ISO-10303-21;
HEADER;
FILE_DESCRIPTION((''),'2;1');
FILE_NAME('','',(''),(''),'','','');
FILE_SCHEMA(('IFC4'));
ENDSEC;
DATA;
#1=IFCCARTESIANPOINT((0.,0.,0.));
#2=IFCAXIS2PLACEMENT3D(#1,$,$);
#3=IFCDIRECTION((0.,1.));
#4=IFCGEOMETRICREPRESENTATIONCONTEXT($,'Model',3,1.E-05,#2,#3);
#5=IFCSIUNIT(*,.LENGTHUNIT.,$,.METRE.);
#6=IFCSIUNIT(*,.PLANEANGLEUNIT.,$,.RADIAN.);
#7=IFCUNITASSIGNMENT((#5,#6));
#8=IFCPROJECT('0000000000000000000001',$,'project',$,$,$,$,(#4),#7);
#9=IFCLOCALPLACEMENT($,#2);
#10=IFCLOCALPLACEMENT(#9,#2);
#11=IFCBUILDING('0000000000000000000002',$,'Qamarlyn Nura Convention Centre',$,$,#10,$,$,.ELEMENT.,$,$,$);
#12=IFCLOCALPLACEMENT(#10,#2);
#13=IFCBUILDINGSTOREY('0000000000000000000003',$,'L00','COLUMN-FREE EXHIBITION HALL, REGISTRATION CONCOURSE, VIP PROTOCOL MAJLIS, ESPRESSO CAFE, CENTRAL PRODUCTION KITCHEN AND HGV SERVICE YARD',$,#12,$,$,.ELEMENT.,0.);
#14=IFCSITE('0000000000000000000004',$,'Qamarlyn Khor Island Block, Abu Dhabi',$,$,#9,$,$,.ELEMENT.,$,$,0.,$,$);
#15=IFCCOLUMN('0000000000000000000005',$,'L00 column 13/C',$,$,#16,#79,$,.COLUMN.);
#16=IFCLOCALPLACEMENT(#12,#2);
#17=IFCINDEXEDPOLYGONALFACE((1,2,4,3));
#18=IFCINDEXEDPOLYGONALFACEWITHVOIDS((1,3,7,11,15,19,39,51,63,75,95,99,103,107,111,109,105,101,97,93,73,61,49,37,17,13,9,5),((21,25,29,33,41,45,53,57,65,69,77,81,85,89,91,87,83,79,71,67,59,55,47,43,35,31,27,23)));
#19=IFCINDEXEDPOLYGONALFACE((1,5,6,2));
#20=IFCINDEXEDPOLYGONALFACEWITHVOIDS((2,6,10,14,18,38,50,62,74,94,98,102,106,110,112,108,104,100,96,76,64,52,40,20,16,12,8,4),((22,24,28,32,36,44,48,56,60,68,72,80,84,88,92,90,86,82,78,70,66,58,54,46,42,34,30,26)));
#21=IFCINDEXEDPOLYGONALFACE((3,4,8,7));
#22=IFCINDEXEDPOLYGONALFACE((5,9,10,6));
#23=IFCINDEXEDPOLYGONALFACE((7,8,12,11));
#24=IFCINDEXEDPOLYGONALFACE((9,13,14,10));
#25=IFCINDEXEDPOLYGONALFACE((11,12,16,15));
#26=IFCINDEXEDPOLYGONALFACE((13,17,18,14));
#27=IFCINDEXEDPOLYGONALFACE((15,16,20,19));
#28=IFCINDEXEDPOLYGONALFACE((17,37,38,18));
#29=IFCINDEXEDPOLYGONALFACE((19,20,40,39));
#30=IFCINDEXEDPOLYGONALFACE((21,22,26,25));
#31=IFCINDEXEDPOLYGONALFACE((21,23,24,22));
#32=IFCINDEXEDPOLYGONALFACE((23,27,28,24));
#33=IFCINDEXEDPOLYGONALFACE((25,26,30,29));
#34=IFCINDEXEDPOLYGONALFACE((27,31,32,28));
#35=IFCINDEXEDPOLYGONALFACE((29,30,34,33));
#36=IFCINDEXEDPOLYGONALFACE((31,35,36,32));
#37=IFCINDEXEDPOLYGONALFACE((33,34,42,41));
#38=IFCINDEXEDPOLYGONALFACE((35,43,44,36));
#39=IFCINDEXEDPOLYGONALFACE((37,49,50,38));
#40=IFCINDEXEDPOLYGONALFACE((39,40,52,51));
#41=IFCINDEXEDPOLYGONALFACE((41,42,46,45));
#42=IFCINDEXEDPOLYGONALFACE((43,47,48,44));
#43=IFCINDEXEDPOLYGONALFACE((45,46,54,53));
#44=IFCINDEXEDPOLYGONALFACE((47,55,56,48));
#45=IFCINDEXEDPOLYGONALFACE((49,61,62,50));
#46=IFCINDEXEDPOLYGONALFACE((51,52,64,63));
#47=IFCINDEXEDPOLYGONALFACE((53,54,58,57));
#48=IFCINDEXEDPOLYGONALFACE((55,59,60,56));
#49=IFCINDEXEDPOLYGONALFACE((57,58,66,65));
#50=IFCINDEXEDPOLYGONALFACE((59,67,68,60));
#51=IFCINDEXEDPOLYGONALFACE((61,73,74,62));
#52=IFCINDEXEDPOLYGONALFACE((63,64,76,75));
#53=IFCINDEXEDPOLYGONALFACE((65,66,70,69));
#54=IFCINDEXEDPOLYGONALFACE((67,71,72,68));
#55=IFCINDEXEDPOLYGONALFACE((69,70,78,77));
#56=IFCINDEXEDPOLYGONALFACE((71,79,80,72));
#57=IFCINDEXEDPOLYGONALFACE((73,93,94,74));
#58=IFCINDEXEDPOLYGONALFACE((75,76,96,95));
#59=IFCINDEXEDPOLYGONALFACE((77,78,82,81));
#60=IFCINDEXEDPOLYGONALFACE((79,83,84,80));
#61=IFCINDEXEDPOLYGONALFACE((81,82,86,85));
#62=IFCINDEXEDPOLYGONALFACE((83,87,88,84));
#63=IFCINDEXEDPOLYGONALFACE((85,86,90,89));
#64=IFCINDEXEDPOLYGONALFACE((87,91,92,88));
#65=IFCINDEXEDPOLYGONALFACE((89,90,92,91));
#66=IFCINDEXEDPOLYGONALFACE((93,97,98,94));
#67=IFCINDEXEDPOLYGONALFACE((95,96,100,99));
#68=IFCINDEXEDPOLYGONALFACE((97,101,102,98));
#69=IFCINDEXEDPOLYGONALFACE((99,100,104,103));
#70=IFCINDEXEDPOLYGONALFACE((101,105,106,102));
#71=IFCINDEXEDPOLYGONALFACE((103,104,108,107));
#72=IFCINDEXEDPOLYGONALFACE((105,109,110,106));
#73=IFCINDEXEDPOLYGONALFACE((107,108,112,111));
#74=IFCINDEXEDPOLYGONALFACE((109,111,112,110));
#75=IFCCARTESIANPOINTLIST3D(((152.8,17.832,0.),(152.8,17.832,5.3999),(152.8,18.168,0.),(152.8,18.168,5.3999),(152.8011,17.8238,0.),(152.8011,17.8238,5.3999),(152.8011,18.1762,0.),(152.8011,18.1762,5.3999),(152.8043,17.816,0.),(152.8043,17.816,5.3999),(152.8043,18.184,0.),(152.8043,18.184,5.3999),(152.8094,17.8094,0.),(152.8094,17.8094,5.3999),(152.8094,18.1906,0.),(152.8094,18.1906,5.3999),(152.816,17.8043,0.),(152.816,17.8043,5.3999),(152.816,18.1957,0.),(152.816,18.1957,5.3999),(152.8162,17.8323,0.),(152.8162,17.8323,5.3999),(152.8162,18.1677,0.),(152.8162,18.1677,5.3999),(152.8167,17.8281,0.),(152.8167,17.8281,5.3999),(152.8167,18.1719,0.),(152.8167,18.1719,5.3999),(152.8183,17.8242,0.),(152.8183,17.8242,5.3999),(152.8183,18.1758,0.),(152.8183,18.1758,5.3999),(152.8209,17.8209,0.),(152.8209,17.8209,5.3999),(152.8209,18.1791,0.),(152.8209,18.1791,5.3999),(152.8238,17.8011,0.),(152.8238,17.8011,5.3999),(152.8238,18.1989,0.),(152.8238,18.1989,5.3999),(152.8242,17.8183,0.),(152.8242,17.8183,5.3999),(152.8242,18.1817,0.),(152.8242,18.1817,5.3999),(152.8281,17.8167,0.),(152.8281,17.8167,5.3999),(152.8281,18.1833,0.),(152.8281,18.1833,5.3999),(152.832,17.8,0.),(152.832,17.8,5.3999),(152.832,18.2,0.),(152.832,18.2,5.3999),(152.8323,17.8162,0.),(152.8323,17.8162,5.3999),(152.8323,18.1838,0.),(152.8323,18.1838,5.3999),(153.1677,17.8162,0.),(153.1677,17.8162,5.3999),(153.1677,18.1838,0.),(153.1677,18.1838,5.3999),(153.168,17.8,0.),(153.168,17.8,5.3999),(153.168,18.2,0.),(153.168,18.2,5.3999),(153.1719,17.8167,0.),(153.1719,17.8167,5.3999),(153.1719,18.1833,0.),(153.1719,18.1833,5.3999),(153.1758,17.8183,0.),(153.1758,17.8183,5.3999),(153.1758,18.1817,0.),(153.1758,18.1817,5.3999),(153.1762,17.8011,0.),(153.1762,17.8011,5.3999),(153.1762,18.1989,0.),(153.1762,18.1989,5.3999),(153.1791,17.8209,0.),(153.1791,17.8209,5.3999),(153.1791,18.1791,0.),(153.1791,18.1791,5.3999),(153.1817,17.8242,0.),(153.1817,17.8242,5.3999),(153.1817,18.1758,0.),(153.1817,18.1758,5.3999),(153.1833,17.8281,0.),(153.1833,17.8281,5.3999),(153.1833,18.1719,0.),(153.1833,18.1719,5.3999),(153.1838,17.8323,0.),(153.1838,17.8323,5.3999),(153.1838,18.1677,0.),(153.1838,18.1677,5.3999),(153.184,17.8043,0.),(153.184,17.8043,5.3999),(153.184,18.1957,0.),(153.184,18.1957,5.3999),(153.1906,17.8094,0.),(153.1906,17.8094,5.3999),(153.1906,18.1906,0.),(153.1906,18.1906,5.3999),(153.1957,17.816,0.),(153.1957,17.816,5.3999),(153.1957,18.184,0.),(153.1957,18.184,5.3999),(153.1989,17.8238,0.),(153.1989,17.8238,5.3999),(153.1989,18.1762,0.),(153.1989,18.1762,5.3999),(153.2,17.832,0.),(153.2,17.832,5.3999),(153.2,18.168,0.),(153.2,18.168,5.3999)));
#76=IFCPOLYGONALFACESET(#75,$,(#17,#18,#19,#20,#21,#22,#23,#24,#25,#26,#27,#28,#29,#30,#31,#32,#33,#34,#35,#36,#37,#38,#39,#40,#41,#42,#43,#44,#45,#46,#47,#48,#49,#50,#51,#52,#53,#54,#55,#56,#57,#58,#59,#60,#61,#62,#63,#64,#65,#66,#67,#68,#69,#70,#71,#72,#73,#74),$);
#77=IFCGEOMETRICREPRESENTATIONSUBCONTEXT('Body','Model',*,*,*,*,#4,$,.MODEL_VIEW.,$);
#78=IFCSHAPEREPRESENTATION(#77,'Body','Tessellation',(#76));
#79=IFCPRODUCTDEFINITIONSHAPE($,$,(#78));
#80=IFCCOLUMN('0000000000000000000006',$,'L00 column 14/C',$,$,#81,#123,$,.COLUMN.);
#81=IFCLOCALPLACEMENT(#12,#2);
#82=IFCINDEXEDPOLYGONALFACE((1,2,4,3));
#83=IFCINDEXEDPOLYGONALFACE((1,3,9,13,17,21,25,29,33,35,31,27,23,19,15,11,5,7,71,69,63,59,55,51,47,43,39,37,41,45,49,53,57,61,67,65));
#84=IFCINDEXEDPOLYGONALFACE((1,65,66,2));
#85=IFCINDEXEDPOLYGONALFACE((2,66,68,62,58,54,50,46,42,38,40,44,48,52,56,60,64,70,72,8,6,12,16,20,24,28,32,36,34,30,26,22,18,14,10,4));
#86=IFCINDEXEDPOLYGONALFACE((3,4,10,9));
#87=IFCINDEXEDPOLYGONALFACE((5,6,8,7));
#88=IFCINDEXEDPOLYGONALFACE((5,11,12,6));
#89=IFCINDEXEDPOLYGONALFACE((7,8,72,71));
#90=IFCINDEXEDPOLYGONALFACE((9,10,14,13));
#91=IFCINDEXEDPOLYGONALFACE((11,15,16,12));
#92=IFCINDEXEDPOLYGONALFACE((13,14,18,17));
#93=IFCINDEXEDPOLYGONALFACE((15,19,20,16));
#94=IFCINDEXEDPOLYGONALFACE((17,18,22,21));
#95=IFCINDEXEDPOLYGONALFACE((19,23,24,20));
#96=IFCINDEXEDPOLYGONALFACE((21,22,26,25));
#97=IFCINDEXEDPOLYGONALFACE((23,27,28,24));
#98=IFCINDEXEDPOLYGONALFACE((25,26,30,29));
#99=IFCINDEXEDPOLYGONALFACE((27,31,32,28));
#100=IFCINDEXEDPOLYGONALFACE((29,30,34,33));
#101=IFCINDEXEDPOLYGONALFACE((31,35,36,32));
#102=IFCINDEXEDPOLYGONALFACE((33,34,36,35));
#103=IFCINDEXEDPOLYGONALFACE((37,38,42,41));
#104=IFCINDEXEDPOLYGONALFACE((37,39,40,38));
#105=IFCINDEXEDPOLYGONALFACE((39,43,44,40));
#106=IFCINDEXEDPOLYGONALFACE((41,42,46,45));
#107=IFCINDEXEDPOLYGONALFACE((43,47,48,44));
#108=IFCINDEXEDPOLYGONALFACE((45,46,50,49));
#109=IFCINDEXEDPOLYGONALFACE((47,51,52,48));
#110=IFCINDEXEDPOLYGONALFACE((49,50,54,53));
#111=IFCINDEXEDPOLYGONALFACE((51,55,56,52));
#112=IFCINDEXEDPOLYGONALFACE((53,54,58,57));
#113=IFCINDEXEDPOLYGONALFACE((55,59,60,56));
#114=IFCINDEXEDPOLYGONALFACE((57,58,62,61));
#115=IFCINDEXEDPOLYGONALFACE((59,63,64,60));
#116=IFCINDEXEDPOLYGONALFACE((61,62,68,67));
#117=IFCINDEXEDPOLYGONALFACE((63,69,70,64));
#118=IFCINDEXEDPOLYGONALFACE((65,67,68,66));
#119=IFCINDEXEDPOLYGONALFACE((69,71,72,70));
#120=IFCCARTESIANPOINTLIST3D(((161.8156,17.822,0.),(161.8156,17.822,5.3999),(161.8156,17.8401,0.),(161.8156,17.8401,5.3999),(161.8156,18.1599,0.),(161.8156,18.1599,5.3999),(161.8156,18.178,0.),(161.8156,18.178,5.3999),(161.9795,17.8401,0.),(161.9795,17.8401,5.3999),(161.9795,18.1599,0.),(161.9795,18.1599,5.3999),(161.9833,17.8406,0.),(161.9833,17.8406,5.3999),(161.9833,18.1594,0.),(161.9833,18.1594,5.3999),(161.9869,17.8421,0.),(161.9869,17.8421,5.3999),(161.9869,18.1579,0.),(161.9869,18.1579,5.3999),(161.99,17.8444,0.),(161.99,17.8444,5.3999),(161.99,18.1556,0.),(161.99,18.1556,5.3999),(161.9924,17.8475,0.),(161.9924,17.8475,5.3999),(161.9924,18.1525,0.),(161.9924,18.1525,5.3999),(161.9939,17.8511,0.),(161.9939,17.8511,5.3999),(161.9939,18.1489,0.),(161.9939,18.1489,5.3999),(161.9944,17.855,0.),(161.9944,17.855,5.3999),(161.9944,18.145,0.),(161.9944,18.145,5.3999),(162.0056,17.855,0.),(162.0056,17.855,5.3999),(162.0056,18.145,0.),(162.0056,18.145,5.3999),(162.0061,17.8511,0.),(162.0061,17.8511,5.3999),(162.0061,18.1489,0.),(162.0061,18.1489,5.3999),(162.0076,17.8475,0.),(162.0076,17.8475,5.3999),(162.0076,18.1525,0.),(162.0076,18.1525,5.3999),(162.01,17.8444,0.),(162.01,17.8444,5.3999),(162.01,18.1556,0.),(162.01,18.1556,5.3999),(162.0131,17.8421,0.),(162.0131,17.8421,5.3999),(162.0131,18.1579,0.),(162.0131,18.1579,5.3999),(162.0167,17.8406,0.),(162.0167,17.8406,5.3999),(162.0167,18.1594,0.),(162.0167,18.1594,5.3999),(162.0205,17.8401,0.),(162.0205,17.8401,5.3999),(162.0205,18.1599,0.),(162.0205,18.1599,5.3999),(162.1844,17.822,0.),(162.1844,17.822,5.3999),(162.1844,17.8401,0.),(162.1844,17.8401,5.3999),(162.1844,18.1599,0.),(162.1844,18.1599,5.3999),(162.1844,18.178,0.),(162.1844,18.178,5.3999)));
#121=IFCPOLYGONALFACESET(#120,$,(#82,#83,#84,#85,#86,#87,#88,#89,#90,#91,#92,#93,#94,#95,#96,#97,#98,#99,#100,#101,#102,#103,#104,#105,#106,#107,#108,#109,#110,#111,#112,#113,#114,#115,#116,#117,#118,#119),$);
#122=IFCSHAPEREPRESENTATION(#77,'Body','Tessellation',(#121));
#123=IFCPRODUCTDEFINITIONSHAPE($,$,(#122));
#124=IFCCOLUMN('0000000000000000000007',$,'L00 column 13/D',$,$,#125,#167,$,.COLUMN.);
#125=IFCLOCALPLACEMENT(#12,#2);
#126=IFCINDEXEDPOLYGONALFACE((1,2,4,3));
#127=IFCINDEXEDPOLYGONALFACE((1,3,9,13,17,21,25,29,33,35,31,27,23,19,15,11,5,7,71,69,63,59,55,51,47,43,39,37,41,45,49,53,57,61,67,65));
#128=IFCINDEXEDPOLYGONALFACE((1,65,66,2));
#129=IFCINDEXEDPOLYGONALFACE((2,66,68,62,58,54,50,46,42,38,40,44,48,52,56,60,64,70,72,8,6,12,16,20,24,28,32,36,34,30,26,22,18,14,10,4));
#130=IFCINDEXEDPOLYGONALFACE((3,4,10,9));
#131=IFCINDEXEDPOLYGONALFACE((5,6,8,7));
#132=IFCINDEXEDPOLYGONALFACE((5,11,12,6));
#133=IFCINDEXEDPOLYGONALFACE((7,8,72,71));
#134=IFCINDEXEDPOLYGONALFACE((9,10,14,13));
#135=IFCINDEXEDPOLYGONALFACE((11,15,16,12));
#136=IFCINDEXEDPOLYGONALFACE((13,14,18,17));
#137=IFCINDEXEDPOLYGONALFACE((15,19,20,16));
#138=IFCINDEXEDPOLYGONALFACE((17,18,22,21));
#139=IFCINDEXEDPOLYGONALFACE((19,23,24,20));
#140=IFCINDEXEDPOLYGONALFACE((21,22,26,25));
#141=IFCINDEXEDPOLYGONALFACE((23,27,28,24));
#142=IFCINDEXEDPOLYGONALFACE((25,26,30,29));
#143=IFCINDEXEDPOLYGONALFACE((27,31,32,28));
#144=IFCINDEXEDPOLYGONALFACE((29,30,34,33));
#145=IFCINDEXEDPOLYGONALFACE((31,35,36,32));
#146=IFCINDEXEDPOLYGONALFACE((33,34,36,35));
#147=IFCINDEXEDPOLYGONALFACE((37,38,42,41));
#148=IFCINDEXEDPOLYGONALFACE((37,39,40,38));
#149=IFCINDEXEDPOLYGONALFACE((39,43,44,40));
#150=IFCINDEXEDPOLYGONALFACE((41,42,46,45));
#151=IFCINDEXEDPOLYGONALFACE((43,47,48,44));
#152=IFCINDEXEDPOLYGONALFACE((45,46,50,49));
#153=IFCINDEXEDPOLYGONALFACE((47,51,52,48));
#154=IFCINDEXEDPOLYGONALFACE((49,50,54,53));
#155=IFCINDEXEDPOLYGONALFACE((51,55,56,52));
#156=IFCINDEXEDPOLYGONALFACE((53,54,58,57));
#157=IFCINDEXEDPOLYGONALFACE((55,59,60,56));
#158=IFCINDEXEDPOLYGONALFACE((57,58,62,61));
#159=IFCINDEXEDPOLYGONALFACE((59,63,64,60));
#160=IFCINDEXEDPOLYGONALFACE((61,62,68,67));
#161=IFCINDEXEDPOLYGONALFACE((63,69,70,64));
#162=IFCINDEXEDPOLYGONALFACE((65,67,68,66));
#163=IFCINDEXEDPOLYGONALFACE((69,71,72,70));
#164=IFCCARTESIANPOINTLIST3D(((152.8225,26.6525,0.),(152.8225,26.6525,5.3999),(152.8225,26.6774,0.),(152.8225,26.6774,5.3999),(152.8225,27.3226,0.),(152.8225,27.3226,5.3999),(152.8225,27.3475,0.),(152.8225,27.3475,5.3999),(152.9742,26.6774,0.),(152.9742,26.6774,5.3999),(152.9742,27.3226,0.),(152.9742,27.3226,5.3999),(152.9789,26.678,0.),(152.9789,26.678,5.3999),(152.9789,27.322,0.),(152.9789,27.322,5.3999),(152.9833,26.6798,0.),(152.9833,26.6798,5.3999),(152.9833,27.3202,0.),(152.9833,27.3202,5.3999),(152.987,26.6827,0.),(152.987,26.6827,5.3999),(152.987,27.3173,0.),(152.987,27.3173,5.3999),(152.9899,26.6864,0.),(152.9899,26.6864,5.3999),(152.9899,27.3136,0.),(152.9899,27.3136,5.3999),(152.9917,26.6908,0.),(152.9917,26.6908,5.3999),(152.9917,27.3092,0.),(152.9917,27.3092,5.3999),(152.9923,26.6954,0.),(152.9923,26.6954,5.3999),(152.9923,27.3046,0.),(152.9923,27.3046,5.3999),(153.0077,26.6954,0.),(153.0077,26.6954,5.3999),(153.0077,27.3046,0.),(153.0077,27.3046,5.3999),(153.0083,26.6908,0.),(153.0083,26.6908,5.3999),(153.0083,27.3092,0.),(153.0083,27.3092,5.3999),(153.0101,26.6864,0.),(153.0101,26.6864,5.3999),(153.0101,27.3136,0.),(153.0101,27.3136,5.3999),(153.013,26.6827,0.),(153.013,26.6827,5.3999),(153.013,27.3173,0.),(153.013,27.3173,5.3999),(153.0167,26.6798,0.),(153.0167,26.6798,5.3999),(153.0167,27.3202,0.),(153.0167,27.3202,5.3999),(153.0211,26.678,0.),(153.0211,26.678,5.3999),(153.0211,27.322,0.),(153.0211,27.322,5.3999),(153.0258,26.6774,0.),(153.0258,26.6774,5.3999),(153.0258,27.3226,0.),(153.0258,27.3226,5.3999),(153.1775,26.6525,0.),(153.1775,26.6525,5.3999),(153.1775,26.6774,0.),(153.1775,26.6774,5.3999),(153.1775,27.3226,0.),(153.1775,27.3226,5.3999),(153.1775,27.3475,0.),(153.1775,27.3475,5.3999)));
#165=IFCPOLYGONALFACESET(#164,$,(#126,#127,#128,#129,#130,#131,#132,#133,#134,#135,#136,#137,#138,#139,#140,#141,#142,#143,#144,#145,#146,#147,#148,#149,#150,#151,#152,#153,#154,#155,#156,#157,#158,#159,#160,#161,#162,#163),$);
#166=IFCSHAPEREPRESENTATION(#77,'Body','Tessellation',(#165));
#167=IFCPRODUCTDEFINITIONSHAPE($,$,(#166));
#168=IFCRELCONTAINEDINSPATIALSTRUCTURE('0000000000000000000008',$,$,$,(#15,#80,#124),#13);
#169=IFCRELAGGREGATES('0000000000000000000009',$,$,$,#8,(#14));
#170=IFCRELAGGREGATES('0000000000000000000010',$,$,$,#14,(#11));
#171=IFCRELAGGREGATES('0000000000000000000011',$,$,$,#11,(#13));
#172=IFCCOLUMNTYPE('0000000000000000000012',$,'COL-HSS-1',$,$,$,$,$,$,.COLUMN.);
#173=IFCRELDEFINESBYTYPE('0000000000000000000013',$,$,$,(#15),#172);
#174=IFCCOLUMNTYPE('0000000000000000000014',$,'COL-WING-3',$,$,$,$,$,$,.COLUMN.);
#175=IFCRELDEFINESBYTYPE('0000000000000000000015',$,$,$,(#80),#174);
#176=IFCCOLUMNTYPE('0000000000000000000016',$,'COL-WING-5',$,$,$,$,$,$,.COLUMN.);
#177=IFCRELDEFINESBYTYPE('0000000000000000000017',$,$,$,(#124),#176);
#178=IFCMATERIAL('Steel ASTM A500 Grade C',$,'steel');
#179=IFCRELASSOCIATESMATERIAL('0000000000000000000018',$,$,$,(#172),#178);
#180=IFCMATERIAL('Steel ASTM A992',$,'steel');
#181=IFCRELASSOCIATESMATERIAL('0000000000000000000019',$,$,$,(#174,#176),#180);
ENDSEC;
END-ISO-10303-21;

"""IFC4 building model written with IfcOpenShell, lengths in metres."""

from ifc_helpers import new_model, si_unit, direction, frame, origin, origin_2d, place, context, subcontext, project, spatial, hollow_rectangle, i_section, extrude, material, material_profile, profile_set, type_object, element, save


model = new_model("IFC4")

# Units and contexts
model_context = context("Model", 3, precision=1e-05, world=origin(), true_north=direction((0.0, 1.0)))
body_context = subcontext(model_context, "Body", "Model", "MODEL_VIEW")
ifc_project = project(units=[si_unit("LENGTHUNIT", "METRE"), si_unit("PLANEANGLEUNIT", "RADIAN")], contexts=[model_context])

# Site, building, storey
site_placement = place(None, origin())
site = spatial("IfcSite", under=ifc_project, at=site_placement, Name="Qamarlyn Khor Island Block, Abu Dhabi", CompositionType="ELEMENT", RefElevation=0.0)
building_placement = place(site_placement, origin())
building = spatial("IfcBuilding", under=site, at=building_placement, Name="Qamarlyn Nura Convention Centre", CompositionType="ELEMENT")
storey_placement = place(building_placement, origin())
storey = spatial("IfcBuildingStorey", under=building, at=storey_placement, Name="L00", Description="COLUMN-FREE EXHIBITION HALL, REGISTRATION CONCOURSE, VIP PROTOCOL MAJLIS, ESPRESSO CAFE, CENTRAL PRODUCTION KITCHEN AND HGV SERVICE YARD", CompositionType="ELEMENT", Elevation=0.0)

# Columns
ifc_material_1 = material(Name="Steel ASTM A500 Grade C", Category="steel")
ifc_material_profile_1 = material_profile(ifc_material_1, hollow_rectangle(XDim=0.3999, YDim=0.3999, WallThickness=0.0161, InnerFilletRadius=0.0161, OuterFilletRadius=0.032, at=origin_2d()), Name="HSS400X400X16")
ifc_profile_set_1 = profile_set([ifc_material_profile_1], Name="Steel ASTM A500 Grade C")
column_type_1 = type_object("IfcColumnType", Name="COL-HSS-1", PredefinedType="COLUMN", material=ifc_profile_set_1)
column_1_placement = place(storey_placement, frame((153.0, 18.0, 0.0), z_axis=(0.0, 0.0, 1.0), x_axis=(1.0, 0.0, 0.0)))
element("IfcColumn", 1, at=column_1_placement, inside=storey, type_object=column_type_1, Name="L00 column 13/C", PredefinedType="COLUMN", context=body_context, shape_type="SweptSolid", body=[
    extrude(hollow_rectangle(XDim=0.3999, YDim=0.3999, WallThickness=0.0161, InnerFilletRadius=0.0161, OuterFilletRadius=0.032, at=origin_2d()), origin(), (0.0, 0.0, 1.0), 5.3999),
])
ifc_material_2 = material(Name="Steel ASTM A992", Category="steel")
ifc_material_profile_2 = material_profile(ifc_material_2, i_section(OverallWidth=0.3689, OverallDepth=0.356, WebThickness=0.0112, FlangeThickness=0.0181, FilletRadius=0.0149, at=origin_2d()), Name="W360X134")
ifc_profile_set_2 = profile_set([ifc_material_profile_2], Name="Steel ASTM A992")
column_type_2 = type_object("IfcColumnType", Name="COL-WING-3", PredefinedType="COLUMN", material=ifc_profile_set_2)
column_2_placement = place(storey_placement, frame((162.0, 18.0, 0.0), z_axis=(0.0, 0.0, 1.0), x_axis=(1.0, 0.0, 0.0)))
element("IfcColumn", 2, at=column_2_placement, inside=storey, type_object=column_type_2, Name="L00 column 14/C", PredefinedType="COLUMN", context=body_context, shape_type="SweptSolid", body=[
    extrude(i_section(OverallWidth=0.3689, OverallDepth=0.356, WebThickness=0.0112, FlangeThickness=0.0181, FilletRadius=0.0149, at=origin_2d()), origin(), (0.0, 0.0, 1.0), 5.3999),
])
ifc_material_profile_3 = material_profile(ifc_material_2, i_section(OverallWidth=0.355, OverallDepth=0.6951, WebThickness=0.0154, FlangeThickness=0.0249, FilletRadius=0.0181, at=origin_2d()), Name="W690X217")
ifc_profile_set_3 = profile_set([ifc_material_profile_3], Name="Steel ASTM A992")
column_type_3 = type_object("IfcColumnType", Name="COL-WING-5", PredefinedType="COLUMN", material=ifc_profile_set_3)
column_3_placement = place(storey_placement, frame((153.0, 27.0, 0.0), z_axis=(0.0, 0.0, 1.0), x_axis=(1.0, 0.0, 0.0)))
element("IfcColumn", 3, at=column_3_placement, inside=storey, type_object=column_type_3, Name="L00 column 13/D", PredefinedType="COLUMN", context=body_context, shape_type="SweptSolid", body=[
    extrude(i_section(OverallWidth=0.355, OverallDepth=0.6951, WebThickness=0.0154, FlangeThickness=0.0249, FilletRadius=0.0181, at=origin_2d()), origin(), (0.0, 0.0, 1.0), 5.3999),
])

save(model, "model.ifc")
